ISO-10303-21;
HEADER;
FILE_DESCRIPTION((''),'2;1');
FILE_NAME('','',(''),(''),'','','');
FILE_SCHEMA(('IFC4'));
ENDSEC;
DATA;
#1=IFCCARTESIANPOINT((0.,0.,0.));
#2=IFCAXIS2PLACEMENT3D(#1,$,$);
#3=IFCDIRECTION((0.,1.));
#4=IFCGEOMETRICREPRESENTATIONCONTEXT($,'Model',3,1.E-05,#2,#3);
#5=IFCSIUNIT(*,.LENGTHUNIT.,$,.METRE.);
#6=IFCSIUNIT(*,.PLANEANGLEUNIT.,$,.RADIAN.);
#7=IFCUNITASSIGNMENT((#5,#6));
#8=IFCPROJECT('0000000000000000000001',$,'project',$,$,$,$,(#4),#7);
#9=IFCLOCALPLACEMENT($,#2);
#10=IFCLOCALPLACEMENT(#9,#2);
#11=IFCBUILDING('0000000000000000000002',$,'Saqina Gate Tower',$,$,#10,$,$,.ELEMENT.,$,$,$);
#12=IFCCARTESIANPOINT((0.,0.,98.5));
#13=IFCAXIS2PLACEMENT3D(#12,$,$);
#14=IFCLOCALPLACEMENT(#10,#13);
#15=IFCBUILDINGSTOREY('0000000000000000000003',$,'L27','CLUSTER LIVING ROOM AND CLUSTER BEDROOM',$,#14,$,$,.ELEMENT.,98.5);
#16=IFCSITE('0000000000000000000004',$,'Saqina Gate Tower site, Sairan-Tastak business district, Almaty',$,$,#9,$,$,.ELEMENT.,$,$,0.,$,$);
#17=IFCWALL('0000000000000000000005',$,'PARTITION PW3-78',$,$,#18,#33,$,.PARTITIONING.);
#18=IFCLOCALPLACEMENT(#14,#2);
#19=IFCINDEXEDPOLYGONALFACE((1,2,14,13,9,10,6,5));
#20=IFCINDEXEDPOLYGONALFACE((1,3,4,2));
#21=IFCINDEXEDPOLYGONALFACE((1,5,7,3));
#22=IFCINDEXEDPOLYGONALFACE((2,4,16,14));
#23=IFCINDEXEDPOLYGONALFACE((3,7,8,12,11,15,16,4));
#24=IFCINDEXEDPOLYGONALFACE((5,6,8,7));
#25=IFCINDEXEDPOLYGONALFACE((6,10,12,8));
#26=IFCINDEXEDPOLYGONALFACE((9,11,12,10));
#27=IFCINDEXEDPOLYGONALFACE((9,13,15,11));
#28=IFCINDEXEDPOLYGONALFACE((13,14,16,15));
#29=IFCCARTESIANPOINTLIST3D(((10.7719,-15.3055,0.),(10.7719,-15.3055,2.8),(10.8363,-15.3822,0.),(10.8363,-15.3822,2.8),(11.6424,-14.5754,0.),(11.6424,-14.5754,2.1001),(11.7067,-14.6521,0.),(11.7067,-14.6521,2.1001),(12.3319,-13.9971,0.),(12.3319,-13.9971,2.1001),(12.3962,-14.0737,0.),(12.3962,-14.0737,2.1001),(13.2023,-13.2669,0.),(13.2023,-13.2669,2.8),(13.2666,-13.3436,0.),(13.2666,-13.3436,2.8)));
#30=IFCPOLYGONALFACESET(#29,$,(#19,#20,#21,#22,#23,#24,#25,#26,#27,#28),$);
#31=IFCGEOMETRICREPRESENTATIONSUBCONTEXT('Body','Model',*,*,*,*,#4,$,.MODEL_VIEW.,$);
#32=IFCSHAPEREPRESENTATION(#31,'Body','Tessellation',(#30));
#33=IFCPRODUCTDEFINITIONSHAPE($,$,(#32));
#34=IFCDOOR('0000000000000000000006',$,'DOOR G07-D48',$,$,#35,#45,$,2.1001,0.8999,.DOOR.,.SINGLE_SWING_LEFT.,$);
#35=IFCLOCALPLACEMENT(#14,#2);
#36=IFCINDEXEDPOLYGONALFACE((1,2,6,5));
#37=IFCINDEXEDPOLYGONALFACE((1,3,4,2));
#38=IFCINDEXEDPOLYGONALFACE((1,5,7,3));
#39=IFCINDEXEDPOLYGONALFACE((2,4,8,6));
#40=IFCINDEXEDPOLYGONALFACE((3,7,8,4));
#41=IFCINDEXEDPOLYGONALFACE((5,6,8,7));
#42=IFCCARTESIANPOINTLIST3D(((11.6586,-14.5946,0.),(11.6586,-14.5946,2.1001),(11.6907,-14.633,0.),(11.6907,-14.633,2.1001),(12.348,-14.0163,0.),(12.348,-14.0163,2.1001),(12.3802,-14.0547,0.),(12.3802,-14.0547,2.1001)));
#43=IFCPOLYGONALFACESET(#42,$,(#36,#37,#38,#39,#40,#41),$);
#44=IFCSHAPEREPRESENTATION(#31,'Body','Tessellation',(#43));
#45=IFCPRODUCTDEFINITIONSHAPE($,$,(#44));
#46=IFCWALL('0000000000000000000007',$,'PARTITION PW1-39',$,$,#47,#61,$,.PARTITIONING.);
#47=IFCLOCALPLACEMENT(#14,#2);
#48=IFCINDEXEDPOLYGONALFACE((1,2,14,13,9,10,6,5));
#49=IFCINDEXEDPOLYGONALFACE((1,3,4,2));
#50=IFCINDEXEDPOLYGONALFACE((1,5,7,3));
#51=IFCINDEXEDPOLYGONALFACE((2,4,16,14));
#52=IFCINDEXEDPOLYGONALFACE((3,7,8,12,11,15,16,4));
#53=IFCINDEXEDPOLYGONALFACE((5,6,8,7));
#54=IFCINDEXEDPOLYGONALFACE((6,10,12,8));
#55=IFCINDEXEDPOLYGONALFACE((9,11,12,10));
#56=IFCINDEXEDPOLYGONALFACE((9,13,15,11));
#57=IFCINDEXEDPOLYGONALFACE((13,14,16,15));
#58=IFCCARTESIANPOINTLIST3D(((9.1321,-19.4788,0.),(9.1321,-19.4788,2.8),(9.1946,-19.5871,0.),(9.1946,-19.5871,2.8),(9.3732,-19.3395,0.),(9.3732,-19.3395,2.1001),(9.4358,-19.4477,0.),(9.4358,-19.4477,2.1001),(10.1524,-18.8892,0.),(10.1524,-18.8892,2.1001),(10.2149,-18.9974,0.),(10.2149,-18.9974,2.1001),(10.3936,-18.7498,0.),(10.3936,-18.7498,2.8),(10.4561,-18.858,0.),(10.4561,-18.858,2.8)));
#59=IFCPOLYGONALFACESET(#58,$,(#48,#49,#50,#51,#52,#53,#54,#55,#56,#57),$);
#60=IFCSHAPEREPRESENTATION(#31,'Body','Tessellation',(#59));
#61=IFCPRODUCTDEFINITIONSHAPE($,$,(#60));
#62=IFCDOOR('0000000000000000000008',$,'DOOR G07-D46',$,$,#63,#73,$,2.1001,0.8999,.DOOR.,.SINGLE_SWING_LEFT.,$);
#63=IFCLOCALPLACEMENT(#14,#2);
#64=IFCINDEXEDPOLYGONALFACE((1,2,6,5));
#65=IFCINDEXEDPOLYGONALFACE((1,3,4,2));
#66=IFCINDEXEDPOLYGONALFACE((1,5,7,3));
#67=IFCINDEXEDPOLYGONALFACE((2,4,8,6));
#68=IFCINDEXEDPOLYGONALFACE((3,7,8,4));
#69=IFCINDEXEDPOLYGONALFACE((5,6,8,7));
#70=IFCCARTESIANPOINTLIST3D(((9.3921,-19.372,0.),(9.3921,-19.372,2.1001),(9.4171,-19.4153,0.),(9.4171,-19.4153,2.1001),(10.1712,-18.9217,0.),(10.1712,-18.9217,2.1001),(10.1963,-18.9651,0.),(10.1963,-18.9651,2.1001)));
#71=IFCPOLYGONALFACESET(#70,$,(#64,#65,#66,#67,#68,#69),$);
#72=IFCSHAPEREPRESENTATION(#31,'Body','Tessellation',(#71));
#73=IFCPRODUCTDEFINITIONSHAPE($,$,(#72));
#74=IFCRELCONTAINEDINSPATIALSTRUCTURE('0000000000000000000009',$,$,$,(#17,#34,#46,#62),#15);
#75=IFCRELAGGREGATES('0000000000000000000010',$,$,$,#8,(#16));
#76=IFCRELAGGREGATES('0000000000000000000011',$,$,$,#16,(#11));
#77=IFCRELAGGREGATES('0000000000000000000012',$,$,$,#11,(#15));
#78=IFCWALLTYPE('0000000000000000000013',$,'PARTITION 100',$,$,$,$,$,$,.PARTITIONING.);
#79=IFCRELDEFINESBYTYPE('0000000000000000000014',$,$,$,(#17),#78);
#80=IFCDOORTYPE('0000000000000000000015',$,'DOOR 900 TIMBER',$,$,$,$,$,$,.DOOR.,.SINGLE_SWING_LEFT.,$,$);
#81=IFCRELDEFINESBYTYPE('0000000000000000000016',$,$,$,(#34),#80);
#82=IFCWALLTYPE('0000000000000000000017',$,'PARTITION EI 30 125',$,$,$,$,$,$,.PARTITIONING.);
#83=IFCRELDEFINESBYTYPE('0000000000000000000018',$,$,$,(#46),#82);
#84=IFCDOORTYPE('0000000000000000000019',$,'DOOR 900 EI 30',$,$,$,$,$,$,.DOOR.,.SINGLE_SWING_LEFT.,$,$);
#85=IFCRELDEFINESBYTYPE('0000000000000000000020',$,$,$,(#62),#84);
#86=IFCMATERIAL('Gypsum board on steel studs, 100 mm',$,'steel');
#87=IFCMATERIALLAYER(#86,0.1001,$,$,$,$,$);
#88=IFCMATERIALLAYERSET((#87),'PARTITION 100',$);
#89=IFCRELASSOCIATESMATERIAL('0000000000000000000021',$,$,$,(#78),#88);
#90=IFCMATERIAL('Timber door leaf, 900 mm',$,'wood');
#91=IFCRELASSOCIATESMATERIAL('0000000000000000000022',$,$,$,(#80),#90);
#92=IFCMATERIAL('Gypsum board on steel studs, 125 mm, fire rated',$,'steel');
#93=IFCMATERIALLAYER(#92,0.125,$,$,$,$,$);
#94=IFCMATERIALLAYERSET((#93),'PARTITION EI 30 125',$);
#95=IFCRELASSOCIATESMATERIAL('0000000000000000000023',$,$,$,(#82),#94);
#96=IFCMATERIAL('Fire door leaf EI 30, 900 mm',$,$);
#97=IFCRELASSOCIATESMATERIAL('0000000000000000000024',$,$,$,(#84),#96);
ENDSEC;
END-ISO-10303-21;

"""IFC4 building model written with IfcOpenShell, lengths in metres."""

from ifc_helpers import new_model, si_unit, direction, frame, frame_2d, origin, place, context, subcontext, project, spatial, rectangle, extrude, material, layer, layer_set, type_object, element, fill, save


model = new_model("IFC4")

# Units and contexts
model_context = context("Model", 3, precision=1e-05, world=origin(), true_north=direction((0.0, 1.0)))
body_context = subcontext(model_context, "Body", "Model", "MODEL_VIEW")
ifc_project = project(units=[si_unit("LENGTHUNIT", "METRE"), si_unit("PLANEANGLEUNIT", "RADIAN")], contexts=[model_context])

# Site, building, storey
site_placement = place(None, origin())
site = spatial("IfcSite", under=ifc_project, at=site_placement, Name="Saqina Gate Tower site, Sairan-Tastak business district, Almaty", CompositionType="ELEMENT", RefElevation=0.0)
building_placement = place(site_placement, origin())
building = spatial("IfcBuilding", under=site, at=building_placement, Name="Saqina Gate Tower", CompositionType="ELEMENT")
storey_placement = place(building_placement, frame((0.0, 0.0, 98.5)))
storey = spatial("IfcBuildingStorey", under=building, at=storey_placement, Name="L27", Description="CLUSTER LIVING ROOM AND CLUSTER BEDROOM", CompositionType="ELEMENT", Elevation=98.5)

# Shared definitions
ifc_material_1 = material(Name="Gypsum board on steel studs, 100 mm", Category="steel")
ifc_layer_1 = layer(ifc_material_1, 0.1001)
ifc_layer_set_1 = layer_set([ifc_layer_1], Name="PARTITION 100")
wall_type_1 = type_object("IfcWallType", Name="PARTITION 100", PredefinedType="PARTITIONING", material=ifc_layer_set_1)

# Walls, openings, doors
wall_1_placement = place(storey_placement, frame((10.8042, -15.3438, 0.0), z_axis=(0.0, 0.0, 1.0), x_axis=(0.766167, 0.642641, 0.0)))
wall_1 = element("IfcWall", 1, at=wall_1_placement, inside=storey, type_object=wall_type_1, Name="PARTITION PW3-78", PredefinedType="PARTITIONING", context=body_context, shape_type="SweptSolid", body=[
    extrude(rectangle(XDim=3.1721, YDim=0.1001, at=frame_2d((1.5859, 0.0))), origin(), (0.0, 0.0, 1.0), 2.8),
])
opening_1_placement = place(wall_1_placement, frame((1.136, 0.0, 0.0)))
opening_1 = element("IfcOpeningElement", 2, at=opening_1_placement, cuts=wall_1, PredefinedType="OPENING", context=body_context, shape_type="SweptSolid", body=[
    extrude(rectangle(XDim=0.8999, YDim=2.1001, at=frame_2d((0.45, 1.05))), frame((0.0, 0.062, 0.0), z_axis=(0.0, -1.0, 0.0), x_axis=(1.0, 0.0, 0.0)), (0.0, 0.0, 1.0), 0.124),
])
ifc_material_2 = material(Name="Timber door leaf, 900 mm", Category="wood")
door_type_1 = type_object("IfcDoorType", Name="DOOR 900 TIMBER", OperationType="SINGLE_SWING_LEFT", PredefinedType="DOOR", material=ifc_material_2)
door_1_placement = place(opening_1_placement, origin())
door_1 = element("IfcDoor", 3, at=door_1_placement, inside=storey, type_object=door_type_1, Name="DOOR G07-D48", OperationType="SINGLE_SWING_LEFT", OverallHeight=2.1001, OverallWidth=0.8999, PredefinedType="DOOR", context=body_context, shape_type="SweptSolid", body=[
    extrude(rectangle(XDim=0.8999, YDim=2.1001, at=frame_2d((0.45, 1.05))), frame((0.0, 0.0249, 0.0), z_axis=(0.0, -1.0, 0.0), x_axis=(1.0, 0.0, 0.0)), (0.0, 0.0, 1.0), 0.05),
])
fill(opening_1, door_1)
ifc_material_3 = material(Name="Gypsum board on steel studs, 125 mm, fire rated", Category="steel")
ifc_layer_2 = layer(ifc_material_3, 0.125)
ifc_layer_set_2 = layer_set([ifc_layer_2], Name="PARTITION EI 30 125")
wall_type_2 = type_object("IfcWallType", Name="PARTITION EI 30 125", PredefinedType="PARTITIONING", material=ifc_layer_set_2)
wall_2_placement = place(storey_placement, frame((9.1633, -19.533, 0.0), z_axis=(0.0, 0.0, 1.0), x_axis=(0.86582, 0.500356, 0.0)))
wall_2 = element("IfcWall", 4, at=wall_2_placement, inside=storey, type_object=wall_type_2, Name="PARTITION PW1-39", PredefinedType="PARTITIONING", context=body_context, shape_type="SweptSolid", body=[
    extrude(rectangle(XDim=1.457, YDim=0.125, at=frame_2d((0.7285, 0.0))), origin(), (0.0, 0.0, 1.0), 2.8),
])
opening_2_placement = place(wall_2_placement, frame((0.2786, 0.0, 0.0)))
opening_2 = element("IfcOpeningElement", 5, at=opening_2_placement, cuts=wall_2, PredefinedType="OPENING", context=body_context, shape_type="SweptSolid", body=[
    extrude(rectangle(XDim=0.8999, YDim=2.1001, at=frame_2d((0.45, 1.05))), frame((0.0, 0.0745, 0.0), z_axis=(0.0, -1.0, 0.0), x_axis=(1.0, 0.0, 0.0)), (0.0, 0.0, 1.0), 0.1489),
])
ifc_material_4 = material(Name="Fire door leaf EI 30, 900 mm")
door_type_2 = type_object("IfcDoorType", Name="DOOR 900 EI 30", OperationType="SINGLE_SWING_LEFT", PredefinedType="DOOR", material=ifc_material_4)
door_2_placement = place(opening_2_placement, origin())
door_2 = element("IfcDoor", 6, at=door_2_placement, inside=storey, type_object=door_type_2, Name="DOOR G07-D46", OperationType="SINGLE_SWING_LEFT", OverallHeight=2.1001, OverallWidth=0.8999, PredefinedType="DOOR", context=body_context, shape_type="SweptSolid", body=[
    extrude(rectangle(XDim=0.8999, YDim=2.1001, at=frame_2d((0.45, 1.05))), frame((0.0, 0.0249, 0.0), z_axis=(0.0, -1.0, 0.0), x_axis=(1.0, 0.0, 0.0)), (0.0, 0.0, 1.0), 0.05),
])
fill(opening_2, door_2)

save(model, "model.ifc")
